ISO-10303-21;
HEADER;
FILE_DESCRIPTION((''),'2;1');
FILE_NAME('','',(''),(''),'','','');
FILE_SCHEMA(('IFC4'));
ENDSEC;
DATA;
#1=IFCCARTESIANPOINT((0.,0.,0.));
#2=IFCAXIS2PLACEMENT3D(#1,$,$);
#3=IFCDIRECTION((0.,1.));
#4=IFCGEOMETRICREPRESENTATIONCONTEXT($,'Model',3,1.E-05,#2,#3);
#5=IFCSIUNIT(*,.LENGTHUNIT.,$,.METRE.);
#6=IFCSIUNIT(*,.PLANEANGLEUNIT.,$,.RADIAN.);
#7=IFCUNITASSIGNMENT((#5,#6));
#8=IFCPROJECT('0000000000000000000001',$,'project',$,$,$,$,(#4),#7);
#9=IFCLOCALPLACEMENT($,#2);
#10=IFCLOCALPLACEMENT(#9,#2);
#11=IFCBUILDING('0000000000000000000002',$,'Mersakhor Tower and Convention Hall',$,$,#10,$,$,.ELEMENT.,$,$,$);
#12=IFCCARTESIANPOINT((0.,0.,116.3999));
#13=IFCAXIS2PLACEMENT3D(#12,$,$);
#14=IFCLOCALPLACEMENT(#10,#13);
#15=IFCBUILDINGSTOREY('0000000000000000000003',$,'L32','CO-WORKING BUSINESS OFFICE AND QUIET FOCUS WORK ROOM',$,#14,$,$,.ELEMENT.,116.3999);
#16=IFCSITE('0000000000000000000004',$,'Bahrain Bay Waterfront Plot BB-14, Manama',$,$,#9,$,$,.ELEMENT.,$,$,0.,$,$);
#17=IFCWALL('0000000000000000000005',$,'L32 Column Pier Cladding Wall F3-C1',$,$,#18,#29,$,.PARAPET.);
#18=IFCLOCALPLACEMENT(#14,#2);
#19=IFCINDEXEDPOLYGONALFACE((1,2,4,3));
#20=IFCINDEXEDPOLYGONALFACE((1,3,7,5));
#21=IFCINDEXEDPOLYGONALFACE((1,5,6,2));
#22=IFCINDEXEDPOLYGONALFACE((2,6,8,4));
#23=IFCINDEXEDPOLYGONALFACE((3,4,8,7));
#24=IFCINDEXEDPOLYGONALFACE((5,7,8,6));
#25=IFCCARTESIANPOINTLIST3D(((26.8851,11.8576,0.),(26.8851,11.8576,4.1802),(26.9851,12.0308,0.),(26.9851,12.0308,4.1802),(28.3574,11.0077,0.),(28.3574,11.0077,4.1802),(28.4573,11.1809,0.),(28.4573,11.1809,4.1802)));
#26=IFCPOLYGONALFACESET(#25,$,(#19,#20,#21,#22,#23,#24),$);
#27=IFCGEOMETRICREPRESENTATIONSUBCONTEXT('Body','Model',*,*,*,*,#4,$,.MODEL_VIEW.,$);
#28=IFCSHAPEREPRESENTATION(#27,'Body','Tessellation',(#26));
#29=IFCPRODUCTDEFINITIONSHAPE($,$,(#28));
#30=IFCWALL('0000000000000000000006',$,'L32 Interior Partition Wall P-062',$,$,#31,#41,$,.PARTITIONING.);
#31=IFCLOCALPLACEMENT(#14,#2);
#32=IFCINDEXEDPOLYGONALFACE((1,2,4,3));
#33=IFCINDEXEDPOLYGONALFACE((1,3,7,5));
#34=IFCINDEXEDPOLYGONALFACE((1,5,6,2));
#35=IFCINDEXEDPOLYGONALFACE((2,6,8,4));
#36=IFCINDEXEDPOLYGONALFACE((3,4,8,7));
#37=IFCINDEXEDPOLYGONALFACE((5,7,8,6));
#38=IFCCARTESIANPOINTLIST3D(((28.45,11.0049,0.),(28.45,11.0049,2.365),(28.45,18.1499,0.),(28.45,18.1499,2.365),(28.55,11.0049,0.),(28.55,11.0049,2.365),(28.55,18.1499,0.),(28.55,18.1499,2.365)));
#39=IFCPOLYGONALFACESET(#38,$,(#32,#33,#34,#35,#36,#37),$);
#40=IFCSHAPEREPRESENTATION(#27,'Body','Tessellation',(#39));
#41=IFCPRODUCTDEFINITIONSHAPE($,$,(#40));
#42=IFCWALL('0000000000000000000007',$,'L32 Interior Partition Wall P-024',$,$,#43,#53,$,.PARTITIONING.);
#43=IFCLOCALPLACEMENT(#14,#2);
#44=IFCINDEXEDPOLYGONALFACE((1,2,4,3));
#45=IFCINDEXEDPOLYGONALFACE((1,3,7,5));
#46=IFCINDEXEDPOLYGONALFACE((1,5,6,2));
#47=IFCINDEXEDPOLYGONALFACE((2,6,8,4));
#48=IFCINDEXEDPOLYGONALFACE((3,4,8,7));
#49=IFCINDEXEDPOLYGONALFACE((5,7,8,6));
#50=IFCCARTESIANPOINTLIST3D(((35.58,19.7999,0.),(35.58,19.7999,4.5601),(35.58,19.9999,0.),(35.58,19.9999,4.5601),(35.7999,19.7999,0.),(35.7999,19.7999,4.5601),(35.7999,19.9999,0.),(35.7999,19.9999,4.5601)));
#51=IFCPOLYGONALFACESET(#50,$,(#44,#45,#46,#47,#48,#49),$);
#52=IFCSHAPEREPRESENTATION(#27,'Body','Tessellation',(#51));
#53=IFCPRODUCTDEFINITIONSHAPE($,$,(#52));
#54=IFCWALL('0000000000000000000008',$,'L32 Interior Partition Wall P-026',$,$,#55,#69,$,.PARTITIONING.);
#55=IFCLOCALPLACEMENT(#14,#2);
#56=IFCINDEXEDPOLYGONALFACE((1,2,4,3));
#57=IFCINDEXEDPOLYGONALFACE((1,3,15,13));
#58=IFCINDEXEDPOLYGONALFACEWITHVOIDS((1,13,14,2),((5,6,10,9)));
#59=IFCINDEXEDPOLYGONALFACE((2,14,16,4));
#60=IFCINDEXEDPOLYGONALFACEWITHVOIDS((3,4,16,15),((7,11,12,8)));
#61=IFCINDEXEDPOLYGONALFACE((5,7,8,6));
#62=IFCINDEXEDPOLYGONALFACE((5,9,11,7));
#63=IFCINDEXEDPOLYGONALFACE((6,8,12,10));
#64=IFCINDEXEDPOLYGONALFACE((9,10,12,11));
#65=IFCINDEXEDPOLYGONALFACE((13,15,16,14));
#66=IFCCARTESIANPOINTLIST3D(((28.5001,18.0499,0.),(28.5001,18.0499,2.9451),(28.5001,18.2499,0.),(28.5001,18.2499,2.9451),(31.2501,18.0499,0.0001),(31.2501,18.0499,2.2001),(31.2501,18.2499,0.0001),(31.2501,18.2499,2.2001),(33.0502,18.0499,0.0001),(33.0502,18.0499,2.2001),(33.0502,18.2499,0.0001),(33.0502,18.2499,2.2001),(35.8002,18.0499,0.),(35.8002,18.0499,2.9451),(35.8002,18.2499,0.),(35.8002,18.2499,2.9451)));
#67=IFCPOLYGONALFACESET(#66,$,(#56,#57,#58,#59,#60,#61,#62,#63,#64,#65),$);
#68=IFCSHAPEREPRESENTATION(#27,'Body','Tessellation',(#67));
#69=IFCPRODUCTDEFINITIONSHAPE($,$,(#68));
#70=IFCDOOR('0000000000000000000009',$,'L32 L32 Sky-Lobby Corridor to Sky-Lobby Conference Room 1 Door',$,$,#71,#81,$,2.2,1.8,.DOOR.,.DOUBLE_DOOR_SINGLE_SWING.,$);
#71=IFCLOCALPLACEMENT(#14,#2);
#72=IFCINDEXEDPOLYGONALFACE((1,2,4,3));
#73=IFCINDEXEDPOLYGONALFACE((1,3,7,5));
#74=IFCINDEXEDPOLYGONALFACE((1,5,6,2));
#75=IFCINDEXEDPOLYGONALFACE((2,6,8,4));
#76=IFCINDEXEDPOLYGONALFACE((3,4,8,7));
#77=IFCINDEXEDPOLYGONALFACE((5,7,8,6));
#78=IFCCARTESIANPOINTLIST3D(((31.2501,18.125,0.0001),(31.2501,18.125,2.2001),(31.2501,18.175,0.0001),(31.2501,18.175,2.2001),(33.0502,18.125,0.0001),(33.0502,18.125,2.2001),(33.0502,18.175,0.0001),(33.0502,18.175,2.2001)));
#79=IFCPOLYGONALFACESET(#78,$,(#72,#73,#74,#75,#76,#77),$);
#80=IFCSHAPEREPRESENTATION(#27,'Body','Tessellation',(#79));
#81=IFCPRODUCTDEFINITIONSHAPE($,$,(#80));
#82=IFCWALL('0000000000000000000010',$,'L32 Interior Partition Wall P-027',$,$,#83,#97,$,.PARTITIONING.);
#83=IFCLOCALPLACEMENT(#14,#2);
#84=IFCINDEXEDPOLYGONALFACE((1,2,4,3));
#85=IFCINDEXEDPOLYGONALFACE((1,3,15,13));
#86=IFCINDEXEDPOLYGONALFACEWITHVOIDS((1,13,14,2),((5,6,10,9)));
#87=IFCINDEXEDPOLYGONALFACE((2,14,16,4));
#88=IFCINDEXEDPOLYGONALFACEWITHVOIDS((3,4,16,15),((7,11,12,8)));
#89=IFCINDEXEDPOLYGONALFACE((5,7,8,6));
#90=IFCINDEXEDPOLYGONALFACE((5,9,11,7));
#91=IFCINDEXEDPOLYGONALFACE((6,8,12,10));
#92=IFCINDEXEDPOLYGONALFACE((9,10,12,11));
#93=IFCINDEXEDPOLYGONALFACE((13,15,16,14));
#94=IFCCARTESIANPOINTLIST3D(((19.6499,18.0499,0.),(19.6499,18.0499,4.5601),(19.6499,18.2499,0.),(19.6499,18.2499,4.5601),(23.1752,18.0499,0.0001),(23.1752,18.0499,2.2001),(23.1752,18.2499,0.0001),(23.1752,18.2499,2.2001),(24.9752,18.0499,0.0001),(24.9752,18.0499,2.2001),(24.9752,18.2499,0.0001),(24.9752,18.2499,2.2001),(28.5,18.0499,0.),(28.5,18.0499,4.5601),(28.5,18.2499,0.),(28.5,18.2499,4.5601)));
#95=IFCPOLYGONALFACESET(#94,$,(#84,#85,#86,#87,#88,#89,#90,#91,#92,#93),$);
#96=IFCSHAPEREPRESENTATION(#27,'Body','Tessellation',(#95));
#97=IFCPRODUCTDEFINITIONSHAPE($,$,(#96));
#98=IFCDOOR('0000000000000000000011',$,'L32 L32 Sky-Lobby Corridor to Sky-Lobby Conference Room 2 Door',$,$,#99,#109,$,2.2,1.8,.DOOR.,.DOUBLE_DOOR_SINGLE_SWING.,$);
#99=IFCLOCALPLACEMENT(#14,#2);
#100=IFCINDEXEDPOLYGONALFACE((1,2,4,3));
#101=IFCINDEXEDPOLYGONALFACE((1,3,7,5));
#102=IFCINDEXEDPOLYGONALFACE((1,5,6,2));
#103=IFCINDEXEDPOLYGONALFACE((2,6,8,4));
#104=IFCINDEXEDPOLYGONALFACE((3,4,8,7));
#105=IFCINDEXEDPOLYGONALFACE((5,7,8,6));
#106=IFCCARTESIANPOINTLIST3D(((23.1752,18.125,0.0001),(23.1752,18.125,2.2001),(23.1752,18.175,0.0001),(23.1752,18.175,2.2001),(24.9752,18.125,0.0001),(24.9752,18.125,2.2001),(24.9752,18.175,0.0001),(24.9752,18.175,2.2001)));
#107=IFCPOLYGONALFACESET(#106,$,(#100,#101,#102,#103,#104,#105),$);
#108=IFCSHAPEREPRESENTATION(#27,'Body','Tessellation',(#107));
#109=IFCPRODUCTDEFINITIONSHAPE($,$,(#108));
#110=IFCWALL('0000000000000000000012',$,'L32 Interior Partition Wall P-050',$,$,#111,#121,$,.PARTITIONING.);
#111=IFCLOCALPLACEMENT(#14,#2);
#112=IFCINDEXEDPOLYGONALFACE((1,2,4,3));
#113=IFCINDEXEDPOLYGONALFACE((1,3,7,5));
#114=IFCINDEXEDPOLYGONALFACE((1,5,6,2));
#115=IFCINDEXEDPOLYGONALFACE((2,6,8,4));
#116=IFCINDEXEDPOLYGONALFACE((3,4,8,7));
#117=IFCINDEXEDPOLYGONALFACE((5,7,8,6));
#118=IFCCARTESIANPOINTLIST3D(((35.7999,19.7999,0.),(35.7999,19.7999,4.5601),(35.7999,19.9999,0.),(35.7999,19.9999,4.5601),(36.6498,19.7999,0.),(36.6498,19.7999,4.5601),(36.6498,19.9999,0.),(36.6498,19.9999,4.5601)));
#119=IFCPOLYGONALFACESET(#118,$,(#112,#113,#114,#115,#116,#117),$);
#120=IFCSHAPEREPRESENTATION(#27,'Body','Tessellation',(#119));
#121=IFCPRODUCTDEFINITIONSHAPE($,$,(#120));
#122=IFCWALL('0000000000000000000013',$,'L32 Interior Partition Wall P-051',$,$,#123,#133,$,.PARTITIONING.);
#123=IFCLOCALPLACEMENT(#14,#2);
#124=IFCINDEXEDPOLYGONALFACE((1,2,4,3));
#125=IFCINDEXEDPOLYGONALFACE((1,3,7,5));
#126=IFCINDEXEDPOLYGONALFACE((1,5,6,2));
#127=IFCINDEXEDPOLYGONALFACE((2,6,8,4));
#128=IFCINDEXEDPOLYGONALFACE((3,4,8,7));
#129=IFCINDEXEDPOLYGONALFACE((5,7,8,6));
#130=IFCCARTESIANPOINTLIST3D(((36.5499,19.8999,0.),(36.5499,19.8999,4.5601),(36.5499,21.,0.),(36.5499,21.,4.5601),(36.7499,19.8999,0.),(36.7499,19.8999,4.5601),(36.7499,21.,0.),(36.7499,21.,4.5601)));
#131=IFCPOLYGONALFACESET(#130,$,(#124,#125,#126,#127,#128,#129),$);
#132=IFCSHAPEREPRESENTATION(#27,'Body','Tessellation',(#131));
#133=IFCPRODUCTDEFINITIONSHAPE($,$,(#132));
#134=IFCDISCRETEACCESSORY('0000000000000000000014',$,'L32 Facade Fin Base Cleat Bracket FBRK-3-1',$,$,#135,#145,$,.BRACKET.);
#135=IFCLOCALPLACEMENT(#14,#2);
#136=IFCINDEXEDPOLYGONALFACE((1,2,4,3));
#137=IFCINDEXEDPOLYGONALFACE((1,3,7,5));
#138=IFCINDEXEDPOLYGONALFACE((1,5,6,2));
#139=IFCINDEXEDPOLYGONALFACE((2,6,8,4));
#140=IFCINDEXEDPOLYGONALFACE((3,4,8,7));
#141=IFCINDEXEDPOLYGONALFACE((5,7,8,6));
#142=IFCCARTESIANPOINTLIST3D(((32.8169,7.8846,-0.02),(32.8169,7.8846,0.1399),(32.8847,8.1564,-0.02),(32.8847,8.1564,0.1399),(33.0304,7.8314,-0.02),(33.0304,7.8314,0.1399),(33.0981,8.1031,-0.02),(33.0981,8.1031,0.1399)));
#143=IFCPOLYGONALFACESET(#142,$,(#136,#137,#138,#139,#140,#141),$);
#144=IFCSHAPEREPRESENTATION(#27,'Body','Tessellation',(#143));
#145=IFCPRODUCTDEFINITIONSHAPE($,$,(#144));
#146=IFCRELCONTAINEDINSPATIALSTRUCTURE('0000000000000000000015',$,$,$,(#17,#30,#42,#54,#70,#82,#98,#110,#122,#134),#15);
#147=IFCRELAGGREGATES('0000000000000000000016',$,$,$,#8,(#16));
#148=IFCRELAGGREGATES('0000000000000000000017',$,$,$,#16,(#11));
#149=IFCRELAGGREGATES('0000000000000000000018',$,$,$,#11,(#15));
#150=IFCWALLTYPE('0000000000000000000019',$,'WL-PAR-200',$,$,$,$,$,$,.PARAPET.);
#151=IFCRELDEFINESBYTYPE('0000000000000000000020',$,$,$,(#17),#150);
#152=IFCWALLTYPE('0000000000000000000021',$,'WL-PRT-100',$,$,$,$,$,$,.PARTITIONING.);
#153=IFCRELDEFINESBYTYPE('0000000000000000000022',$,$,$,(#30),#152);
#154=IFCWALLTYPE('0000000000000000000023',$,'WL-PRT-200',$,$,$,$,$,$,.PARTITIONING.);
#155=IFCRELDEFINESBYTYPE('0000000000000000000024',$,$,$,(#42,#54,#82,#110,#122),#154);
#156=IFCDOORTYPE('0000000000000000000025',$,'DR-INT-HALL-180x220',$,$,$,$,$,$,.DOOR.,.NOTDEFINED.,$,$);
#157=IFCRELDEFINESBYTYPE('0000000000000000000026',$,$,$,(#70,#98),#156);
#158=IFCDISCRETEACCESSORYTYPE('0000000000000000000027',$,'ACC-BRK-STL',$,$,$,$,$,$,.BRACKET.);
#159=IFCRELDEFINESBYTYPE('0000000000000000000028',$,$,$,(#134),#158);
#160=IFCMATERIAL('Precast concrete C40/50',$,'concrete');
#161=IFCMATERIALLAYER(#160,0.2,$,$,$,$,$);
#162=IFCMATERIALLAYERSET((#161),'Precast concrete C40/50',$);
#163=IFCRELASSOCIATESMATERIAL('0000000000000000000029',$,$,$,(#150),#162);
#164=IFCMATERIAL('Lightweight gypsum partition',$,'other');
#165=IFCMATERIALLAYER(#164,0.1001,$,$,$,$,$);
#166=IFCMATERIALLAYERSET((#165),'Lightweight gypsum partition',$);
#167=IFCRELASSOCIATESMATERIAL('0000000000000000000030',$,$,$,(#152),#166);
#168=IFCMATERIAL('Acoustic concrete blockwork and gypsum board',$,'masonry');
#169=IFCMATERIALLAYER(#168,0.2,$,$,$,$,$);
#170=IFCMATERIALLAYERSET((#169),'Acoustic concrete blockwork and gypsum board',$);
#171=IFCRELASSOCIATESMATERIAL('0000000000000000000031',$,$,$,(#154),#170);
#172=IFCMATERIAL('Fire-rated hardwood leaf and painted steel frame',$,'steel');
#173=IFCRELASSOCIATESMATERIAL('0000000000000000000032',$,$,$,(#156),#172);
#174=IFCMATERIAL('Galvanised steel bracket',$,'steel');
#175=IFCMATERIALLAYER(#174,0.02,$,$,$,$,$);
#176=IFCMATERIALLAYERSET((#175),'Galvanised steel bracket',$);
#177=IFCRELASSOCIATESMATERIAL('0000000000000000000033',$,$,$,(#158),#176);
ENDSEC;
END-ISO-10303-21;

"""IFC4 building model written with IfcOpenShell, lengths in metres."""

from ifc_helpers import new_model, si_unit, direction, frame, frame_2d, origin, origin_2d, place, context, subcontext, project, spatial, rectangle, extrude, material, layer, layer_set, type_object, element, fill, save


model = new_model("IFC4")

# Units and contexts
model_context = context("Model", 3, precision=1e-05, world=origin(), true_north=direction((0.0, 1.0)))
body_context = subcontext(model_context, "Body", "Model", "MODEL_VIEW")
ifc_project = project(units=[si_unit("LENGTHUNIT", "METRE"), si_unit("PLANEANGLEUNIT", "RADIAN")], contexts=[model_context])

# Site, building, storey
site_placement = place(None, origin())
site = spatial("IfcSite", under=ifc_project, at=site_placement, Name="Bahrain Bay Waterfront Plot BB-14, Manama", CompositionType="ELEMENT", RefElevation=0.0)
building_placement = place(site_placement, origin())
building = spatial("IfcBuilding", under=site, at=building_placement, Name="Mersakhor Tower and Convention Hall", CompositionType="ELEMENT")
storey_placement = place(building_placement, frame((0.0, 0.0, 116.3999)))
storey = spatial("IfcBuildingStorey", under=building, at=storey_placement, Name="L32", Description="CO-WORKING BUSINESS OFFICE AND QUIET FOCUS WORK ROOM", CompositionType="ELEMENT", Elevation=116.3999)

# Walls
ifc_material_1 = material(Name="Precast concrete C40/50", Category="concrete")
ifc_layer_1 = layer(ifc_material_1, 0.2)
ifc_layer_set_1 = layer_set([ifc_layer_1], Name="Precast concrete C40/50")
wall_type_1 = type_object("IfcWallType", Name="WL-PAR-200", PredefinedType="PARAPET", material=ifc_layer_set_1)
wall_1_placement = place(storey_placement, frame((28.4075, 11.0942, 0.0), z_axis=(0.0, 0.0, 1.0), x_axis=(-0.866052, 0.499955, 0.0)))
element("IfcWall", 1, at=wall_1_placement, inside=storey, type_object=wall_type_1, Name="L32 Column Pier Cladding Wall F3-C1", PredefinedType="PARAPET", context=body_context, shape_type="SweptSolid", body=[
    extrude(rectangle(XDim=1.7, YDim=0.2, at=frame_2d((0.8501, 0.0))), origin(), (0.0, 0.0, 1.0), 4.1802),
])
ifc_material_2 = material(Name="Lightweight gypsum partition", Category="other")
ifc_layer_2 = layer(ifc_material_2, 0.1001)
ifc_layer_set_2 = layer_set([ifc_layer_2], Name="Lightweight gypsum partition")
wall_type_2 = type_object("IfcWallType", Name="WL-PRT-100", PredefinedType="PARTITIONING", material=ifc_layer_set_2)
wall_2_placement = place(storey_placement, frame((28.5, 11.0049, 0.0), z_axis=(0.0, 0.0, 1.0), x_axis=(0.0, 1.0, 0.0)))
element("IfcWall", 2, at=wall_2_placement, inside=storey, type_object=wall_type_2, Name="L32 Interior Partition Wall P-062", PredefinedType="PARTITIONING", context=body_context, shape_type="SweptSolid", body=[
    extrude(rectangle(XDim=7.145, YDim=0.1001, at=frame_2d((3.5725, 0.0))), origin(), (0.0, 0.0, 1.0), 2.365),
])
ifc_material_3 = material(Name="Acoustic concrete blockwork and gypsum board", Category="masonry")
ifc_layer_3 = layer(ifc_material_3, 0.2)
ifc_layer_set_3 = layer_set([ifc_layer_3], Name="Acoustic concrete blockwork and gypsum board")
wall_type_3 = type_object("IfcWallType", Name="WL-PRT-200", PredefinedType="PARTITIONING", material=ifc_layer_set_3)
wall_3_placement = place(storey_placement, frame((35.5801, 19.8999, 0.0), z_axis=(0.0, 0.0, 1.0), x_axis=(1.0, 0.0, 0.0)))
element("IfcWall", 3, at=wall_3_placement, inside=storey, type_object=wall_type_3, Name="L32 Interior Partition Wall P-024", PredefinedType="PARTITIONING", context=body_context, shape_type="SweptSolid", body=[
    extrude(rectangle(XDim=0.22, YDim=0.2, at=frame_2d((0.1099, 0.0))), origin(), (0.0, 0.0, 1.0), 4.5601),
])

# Walls, openings, doors
wall_4_placement = place(storey_placement, frame((35.8, 18.1499, 0.0), z_axis=(0.0, 0.0, 1.0), x_axis=(-1.0, 0.0, 0.0)))
wall_4 = element("IfcWall", 4, at=wall_4_placement, inside=storey, type_object=wall_type_3, Name="L32 Interior Partition Wall P-026", PredefinedType="PARTITIONING", context=body_context, shape_type="SweptSolid", body=[
    extrude(rectangle(XDim=7.3, YDim=0.2, at=frame_2d((3.6499, 0.0))), origin(), (0.0, 0.0, 1.0), 2.9451),
])
opening_1_placement = place(wall_4_placement, frame((2.75, 0.0, 0.0)))
opening_1 = element("IfcOpeningElement", 5, at=opening_1_placement, cuts=wall_4, PredefinedType="OPENING", context=body_context, shape_type="SweptSolid", body=[
    extrude(rectangle(XDim=1.8, YDim=2.2, at=frame_2d((0.8999, 1.1001))), frame((0.0, 0.1099, 0.0), z_axis=(0.0, -1.0, 0.0), x_axis=(1.0, 0.0, 0.0)), (0.0, 0.0, 1.0), 0.22),
])
ifc_material_4 = material(Name="Fire-rated hardwood leaf and painted steel frame", Category="steel")
door_type_1 = type_object("IfcDoorType", Name="DR-INT-HALL-180x220", OperationType="NOTDEFINED", PredefinedType="DOOR", material=ifc_material_4)
door_1_placement = place(opening_1_placement, origin())
door_1 = element("IfcDoor", 6, at=door_1_placement, inside=storey, type_object=door_type_1, Name="L32 L32 Sky-Lobby Corridor to Sky-Lobby Conference Room 1 Door", OperationType="DOUBLE_DOOR_SINGLE_SWING", OverallHeight=2.2, OverallWidth=1.8, PredefinedType="DOOR", context=body_context, shape_type="SweptSolid", body=[
    extrude(rectangle(XDim=1.8, YDim=2.2, at=frame_2d((0.8999, 1.1001))), frame((0.0, 0.0249, 0.0), z_axis=(0.0, -1.0, 0.0), x_axis=(1.0, 0.0, 0.0)), (0.0, 0.0, 1.0), 0.05),
])
fill(opening_1, door_1)
wall_5_placement = place(storey_placement, frame((28.5, 18.1499, 0.0), z_axis=(0.0, 0.0, 1.0), x_axis=(-1.0, 0.0, 0.0)))
wall_5 = element("IfcWall", 7, at=wall_5_placement, inside=storey, type_object=wall_type_3, Name="L32 Interior Partition Wall P-027", PredefinedType="PARTITIONING", context=body_context, shape_type="SweptSolid", body=[
    extrude(rectangle(XDim=8.8501, YDim=0.2, at=frame_2d((4.425, 0.0))), origin(), (0.0, 0.0, 1.0), 4.5601),
])
opening_2_placement = place(wall_5_placement, frame((3.5249, 0.0, 0.0)))
opening_2 = element("IfcOpeningElement", 8, at=opening_2_placement, cuts=wall_5, PredefinedType="OPENING", context=body_context, shape_type="SweptSolid", body=[
    extrude(rectangle(XDim=1.8, YDim=2.2, at=frame_2d((0.8999, 1.1001))), frame((0.0, 0.1099, 0.0), z_axis=(0.0, -1.0, 0.0), x_axis=(1.0, 0.0, 0.0)), (0.0, 0.0, 1.0), 0.22),
])
door_2_placement = place(opening_2_placement, origin())
door_2 = element("IfcDoor", 9, at=door_2_placement, inside=storey, type_object=door_type_1, Name="L32 L32 Sky-Lobby Corridor to Sky-Lobby Conference Room 2 Door", OperationType="DOUBLE_DOOR_SINGLE_SWING", OverallHeight=2.2, OverallWidth=1.8, PredefinedType="DOOR", context=body_context, shape_type="SweptSolid", body=[
    extrude(rectangle(XDim=1.8, YDim=2.2, at=frame_2d((0.8999, 1.1001))), frame((0.0, 0.0249, 0.0), z_axis=(0.0, -1.0, 0.0), x_axis=(1.0, 0.0, 0.0)), (0.0, 0.0, 1.0), 0.05),
])
fill(opening_2, door_2)

# Walls
wall_6_placement = place(storey_placement, frame((35.8, 19.8999, 0.0), z_axis=(0.0, 0.0, 1.0), x_axis=(1.0, 0.0, 0.0)))
element("IfcWall", 10, at=wall_6_placement, inside=storey, type_object=wall_type_3, Name="L32 Interior Partition Wall P-050", PredefinedType="PARTITIONING", context=body_context, shape_type="SweptSolid", body=[
    extrude(rectangle(XDim=0.8499, YDim=0.2, at=frame_2d((0.4248, 0.0))), origin(), (0.0, 0.0, 1.0), 4.5601),
])
wall_7_placement = place(storey_placement, frame((36.6499, 19.8999, 0.0), z_axis=(0.0, 0.0, 1.0), x_axis=(0.0, 1.0, 0.0)))
element("IfcWall", 11, at=wall_7_placement, inside=storey, type_object=wall_type_3, Name="L32 Interior Partition Wall P-051", PredefinedType="PARTITIONING", context=body_context, shape_type="SweptSolid", body=[
    extrude(rectangle(XDim=1.1001, YDim=0.2, at=frame_2d((0.55, 0.0))), origin(), (0.0, 0.0, 1.0), 4.5601),
])

# Discrete accessory
ifc_material_5 = material(Name="Galvanised steel bracket", Category="steel")
ifc_layer_4 = layer(ifc_material_5, 0.02)
ifc_layer_set_4 = layer_set([ifc_layer_4], Name="Galvanised steel bracket")
discrete_accessory_type = type_object("IfcDiscreteAccessoryType", Name="ACC-BRK-STL", PredefinedType="BRACKET", material=ifc_layer_set_4)
discrete_accessory_placement = place(storey_placement, frame((32.9575, 7.9939, -0.02), z_axis=(0.0, 0.0, 1.0), x_axis=(-0.241922, -0.970296, 0.0)))
element("IfcDiscreteAccessory", 12, at=discrete_accessory_placement, inside=storey, type_object=discrete_accessory_type, Name="L32 Facade Fin Base Cleat Bracket FBRK-3-1", PredefinedType="BRACKET", context=body_context, shape_type="SweptSolid", body=[
    extrude(rectangle(XDim=0.28, YDim=0.22, at=origin_2d()), origin(), (0.0, 0.0, 1.0), 0.1599),
])

save(model, "model.ifc")
